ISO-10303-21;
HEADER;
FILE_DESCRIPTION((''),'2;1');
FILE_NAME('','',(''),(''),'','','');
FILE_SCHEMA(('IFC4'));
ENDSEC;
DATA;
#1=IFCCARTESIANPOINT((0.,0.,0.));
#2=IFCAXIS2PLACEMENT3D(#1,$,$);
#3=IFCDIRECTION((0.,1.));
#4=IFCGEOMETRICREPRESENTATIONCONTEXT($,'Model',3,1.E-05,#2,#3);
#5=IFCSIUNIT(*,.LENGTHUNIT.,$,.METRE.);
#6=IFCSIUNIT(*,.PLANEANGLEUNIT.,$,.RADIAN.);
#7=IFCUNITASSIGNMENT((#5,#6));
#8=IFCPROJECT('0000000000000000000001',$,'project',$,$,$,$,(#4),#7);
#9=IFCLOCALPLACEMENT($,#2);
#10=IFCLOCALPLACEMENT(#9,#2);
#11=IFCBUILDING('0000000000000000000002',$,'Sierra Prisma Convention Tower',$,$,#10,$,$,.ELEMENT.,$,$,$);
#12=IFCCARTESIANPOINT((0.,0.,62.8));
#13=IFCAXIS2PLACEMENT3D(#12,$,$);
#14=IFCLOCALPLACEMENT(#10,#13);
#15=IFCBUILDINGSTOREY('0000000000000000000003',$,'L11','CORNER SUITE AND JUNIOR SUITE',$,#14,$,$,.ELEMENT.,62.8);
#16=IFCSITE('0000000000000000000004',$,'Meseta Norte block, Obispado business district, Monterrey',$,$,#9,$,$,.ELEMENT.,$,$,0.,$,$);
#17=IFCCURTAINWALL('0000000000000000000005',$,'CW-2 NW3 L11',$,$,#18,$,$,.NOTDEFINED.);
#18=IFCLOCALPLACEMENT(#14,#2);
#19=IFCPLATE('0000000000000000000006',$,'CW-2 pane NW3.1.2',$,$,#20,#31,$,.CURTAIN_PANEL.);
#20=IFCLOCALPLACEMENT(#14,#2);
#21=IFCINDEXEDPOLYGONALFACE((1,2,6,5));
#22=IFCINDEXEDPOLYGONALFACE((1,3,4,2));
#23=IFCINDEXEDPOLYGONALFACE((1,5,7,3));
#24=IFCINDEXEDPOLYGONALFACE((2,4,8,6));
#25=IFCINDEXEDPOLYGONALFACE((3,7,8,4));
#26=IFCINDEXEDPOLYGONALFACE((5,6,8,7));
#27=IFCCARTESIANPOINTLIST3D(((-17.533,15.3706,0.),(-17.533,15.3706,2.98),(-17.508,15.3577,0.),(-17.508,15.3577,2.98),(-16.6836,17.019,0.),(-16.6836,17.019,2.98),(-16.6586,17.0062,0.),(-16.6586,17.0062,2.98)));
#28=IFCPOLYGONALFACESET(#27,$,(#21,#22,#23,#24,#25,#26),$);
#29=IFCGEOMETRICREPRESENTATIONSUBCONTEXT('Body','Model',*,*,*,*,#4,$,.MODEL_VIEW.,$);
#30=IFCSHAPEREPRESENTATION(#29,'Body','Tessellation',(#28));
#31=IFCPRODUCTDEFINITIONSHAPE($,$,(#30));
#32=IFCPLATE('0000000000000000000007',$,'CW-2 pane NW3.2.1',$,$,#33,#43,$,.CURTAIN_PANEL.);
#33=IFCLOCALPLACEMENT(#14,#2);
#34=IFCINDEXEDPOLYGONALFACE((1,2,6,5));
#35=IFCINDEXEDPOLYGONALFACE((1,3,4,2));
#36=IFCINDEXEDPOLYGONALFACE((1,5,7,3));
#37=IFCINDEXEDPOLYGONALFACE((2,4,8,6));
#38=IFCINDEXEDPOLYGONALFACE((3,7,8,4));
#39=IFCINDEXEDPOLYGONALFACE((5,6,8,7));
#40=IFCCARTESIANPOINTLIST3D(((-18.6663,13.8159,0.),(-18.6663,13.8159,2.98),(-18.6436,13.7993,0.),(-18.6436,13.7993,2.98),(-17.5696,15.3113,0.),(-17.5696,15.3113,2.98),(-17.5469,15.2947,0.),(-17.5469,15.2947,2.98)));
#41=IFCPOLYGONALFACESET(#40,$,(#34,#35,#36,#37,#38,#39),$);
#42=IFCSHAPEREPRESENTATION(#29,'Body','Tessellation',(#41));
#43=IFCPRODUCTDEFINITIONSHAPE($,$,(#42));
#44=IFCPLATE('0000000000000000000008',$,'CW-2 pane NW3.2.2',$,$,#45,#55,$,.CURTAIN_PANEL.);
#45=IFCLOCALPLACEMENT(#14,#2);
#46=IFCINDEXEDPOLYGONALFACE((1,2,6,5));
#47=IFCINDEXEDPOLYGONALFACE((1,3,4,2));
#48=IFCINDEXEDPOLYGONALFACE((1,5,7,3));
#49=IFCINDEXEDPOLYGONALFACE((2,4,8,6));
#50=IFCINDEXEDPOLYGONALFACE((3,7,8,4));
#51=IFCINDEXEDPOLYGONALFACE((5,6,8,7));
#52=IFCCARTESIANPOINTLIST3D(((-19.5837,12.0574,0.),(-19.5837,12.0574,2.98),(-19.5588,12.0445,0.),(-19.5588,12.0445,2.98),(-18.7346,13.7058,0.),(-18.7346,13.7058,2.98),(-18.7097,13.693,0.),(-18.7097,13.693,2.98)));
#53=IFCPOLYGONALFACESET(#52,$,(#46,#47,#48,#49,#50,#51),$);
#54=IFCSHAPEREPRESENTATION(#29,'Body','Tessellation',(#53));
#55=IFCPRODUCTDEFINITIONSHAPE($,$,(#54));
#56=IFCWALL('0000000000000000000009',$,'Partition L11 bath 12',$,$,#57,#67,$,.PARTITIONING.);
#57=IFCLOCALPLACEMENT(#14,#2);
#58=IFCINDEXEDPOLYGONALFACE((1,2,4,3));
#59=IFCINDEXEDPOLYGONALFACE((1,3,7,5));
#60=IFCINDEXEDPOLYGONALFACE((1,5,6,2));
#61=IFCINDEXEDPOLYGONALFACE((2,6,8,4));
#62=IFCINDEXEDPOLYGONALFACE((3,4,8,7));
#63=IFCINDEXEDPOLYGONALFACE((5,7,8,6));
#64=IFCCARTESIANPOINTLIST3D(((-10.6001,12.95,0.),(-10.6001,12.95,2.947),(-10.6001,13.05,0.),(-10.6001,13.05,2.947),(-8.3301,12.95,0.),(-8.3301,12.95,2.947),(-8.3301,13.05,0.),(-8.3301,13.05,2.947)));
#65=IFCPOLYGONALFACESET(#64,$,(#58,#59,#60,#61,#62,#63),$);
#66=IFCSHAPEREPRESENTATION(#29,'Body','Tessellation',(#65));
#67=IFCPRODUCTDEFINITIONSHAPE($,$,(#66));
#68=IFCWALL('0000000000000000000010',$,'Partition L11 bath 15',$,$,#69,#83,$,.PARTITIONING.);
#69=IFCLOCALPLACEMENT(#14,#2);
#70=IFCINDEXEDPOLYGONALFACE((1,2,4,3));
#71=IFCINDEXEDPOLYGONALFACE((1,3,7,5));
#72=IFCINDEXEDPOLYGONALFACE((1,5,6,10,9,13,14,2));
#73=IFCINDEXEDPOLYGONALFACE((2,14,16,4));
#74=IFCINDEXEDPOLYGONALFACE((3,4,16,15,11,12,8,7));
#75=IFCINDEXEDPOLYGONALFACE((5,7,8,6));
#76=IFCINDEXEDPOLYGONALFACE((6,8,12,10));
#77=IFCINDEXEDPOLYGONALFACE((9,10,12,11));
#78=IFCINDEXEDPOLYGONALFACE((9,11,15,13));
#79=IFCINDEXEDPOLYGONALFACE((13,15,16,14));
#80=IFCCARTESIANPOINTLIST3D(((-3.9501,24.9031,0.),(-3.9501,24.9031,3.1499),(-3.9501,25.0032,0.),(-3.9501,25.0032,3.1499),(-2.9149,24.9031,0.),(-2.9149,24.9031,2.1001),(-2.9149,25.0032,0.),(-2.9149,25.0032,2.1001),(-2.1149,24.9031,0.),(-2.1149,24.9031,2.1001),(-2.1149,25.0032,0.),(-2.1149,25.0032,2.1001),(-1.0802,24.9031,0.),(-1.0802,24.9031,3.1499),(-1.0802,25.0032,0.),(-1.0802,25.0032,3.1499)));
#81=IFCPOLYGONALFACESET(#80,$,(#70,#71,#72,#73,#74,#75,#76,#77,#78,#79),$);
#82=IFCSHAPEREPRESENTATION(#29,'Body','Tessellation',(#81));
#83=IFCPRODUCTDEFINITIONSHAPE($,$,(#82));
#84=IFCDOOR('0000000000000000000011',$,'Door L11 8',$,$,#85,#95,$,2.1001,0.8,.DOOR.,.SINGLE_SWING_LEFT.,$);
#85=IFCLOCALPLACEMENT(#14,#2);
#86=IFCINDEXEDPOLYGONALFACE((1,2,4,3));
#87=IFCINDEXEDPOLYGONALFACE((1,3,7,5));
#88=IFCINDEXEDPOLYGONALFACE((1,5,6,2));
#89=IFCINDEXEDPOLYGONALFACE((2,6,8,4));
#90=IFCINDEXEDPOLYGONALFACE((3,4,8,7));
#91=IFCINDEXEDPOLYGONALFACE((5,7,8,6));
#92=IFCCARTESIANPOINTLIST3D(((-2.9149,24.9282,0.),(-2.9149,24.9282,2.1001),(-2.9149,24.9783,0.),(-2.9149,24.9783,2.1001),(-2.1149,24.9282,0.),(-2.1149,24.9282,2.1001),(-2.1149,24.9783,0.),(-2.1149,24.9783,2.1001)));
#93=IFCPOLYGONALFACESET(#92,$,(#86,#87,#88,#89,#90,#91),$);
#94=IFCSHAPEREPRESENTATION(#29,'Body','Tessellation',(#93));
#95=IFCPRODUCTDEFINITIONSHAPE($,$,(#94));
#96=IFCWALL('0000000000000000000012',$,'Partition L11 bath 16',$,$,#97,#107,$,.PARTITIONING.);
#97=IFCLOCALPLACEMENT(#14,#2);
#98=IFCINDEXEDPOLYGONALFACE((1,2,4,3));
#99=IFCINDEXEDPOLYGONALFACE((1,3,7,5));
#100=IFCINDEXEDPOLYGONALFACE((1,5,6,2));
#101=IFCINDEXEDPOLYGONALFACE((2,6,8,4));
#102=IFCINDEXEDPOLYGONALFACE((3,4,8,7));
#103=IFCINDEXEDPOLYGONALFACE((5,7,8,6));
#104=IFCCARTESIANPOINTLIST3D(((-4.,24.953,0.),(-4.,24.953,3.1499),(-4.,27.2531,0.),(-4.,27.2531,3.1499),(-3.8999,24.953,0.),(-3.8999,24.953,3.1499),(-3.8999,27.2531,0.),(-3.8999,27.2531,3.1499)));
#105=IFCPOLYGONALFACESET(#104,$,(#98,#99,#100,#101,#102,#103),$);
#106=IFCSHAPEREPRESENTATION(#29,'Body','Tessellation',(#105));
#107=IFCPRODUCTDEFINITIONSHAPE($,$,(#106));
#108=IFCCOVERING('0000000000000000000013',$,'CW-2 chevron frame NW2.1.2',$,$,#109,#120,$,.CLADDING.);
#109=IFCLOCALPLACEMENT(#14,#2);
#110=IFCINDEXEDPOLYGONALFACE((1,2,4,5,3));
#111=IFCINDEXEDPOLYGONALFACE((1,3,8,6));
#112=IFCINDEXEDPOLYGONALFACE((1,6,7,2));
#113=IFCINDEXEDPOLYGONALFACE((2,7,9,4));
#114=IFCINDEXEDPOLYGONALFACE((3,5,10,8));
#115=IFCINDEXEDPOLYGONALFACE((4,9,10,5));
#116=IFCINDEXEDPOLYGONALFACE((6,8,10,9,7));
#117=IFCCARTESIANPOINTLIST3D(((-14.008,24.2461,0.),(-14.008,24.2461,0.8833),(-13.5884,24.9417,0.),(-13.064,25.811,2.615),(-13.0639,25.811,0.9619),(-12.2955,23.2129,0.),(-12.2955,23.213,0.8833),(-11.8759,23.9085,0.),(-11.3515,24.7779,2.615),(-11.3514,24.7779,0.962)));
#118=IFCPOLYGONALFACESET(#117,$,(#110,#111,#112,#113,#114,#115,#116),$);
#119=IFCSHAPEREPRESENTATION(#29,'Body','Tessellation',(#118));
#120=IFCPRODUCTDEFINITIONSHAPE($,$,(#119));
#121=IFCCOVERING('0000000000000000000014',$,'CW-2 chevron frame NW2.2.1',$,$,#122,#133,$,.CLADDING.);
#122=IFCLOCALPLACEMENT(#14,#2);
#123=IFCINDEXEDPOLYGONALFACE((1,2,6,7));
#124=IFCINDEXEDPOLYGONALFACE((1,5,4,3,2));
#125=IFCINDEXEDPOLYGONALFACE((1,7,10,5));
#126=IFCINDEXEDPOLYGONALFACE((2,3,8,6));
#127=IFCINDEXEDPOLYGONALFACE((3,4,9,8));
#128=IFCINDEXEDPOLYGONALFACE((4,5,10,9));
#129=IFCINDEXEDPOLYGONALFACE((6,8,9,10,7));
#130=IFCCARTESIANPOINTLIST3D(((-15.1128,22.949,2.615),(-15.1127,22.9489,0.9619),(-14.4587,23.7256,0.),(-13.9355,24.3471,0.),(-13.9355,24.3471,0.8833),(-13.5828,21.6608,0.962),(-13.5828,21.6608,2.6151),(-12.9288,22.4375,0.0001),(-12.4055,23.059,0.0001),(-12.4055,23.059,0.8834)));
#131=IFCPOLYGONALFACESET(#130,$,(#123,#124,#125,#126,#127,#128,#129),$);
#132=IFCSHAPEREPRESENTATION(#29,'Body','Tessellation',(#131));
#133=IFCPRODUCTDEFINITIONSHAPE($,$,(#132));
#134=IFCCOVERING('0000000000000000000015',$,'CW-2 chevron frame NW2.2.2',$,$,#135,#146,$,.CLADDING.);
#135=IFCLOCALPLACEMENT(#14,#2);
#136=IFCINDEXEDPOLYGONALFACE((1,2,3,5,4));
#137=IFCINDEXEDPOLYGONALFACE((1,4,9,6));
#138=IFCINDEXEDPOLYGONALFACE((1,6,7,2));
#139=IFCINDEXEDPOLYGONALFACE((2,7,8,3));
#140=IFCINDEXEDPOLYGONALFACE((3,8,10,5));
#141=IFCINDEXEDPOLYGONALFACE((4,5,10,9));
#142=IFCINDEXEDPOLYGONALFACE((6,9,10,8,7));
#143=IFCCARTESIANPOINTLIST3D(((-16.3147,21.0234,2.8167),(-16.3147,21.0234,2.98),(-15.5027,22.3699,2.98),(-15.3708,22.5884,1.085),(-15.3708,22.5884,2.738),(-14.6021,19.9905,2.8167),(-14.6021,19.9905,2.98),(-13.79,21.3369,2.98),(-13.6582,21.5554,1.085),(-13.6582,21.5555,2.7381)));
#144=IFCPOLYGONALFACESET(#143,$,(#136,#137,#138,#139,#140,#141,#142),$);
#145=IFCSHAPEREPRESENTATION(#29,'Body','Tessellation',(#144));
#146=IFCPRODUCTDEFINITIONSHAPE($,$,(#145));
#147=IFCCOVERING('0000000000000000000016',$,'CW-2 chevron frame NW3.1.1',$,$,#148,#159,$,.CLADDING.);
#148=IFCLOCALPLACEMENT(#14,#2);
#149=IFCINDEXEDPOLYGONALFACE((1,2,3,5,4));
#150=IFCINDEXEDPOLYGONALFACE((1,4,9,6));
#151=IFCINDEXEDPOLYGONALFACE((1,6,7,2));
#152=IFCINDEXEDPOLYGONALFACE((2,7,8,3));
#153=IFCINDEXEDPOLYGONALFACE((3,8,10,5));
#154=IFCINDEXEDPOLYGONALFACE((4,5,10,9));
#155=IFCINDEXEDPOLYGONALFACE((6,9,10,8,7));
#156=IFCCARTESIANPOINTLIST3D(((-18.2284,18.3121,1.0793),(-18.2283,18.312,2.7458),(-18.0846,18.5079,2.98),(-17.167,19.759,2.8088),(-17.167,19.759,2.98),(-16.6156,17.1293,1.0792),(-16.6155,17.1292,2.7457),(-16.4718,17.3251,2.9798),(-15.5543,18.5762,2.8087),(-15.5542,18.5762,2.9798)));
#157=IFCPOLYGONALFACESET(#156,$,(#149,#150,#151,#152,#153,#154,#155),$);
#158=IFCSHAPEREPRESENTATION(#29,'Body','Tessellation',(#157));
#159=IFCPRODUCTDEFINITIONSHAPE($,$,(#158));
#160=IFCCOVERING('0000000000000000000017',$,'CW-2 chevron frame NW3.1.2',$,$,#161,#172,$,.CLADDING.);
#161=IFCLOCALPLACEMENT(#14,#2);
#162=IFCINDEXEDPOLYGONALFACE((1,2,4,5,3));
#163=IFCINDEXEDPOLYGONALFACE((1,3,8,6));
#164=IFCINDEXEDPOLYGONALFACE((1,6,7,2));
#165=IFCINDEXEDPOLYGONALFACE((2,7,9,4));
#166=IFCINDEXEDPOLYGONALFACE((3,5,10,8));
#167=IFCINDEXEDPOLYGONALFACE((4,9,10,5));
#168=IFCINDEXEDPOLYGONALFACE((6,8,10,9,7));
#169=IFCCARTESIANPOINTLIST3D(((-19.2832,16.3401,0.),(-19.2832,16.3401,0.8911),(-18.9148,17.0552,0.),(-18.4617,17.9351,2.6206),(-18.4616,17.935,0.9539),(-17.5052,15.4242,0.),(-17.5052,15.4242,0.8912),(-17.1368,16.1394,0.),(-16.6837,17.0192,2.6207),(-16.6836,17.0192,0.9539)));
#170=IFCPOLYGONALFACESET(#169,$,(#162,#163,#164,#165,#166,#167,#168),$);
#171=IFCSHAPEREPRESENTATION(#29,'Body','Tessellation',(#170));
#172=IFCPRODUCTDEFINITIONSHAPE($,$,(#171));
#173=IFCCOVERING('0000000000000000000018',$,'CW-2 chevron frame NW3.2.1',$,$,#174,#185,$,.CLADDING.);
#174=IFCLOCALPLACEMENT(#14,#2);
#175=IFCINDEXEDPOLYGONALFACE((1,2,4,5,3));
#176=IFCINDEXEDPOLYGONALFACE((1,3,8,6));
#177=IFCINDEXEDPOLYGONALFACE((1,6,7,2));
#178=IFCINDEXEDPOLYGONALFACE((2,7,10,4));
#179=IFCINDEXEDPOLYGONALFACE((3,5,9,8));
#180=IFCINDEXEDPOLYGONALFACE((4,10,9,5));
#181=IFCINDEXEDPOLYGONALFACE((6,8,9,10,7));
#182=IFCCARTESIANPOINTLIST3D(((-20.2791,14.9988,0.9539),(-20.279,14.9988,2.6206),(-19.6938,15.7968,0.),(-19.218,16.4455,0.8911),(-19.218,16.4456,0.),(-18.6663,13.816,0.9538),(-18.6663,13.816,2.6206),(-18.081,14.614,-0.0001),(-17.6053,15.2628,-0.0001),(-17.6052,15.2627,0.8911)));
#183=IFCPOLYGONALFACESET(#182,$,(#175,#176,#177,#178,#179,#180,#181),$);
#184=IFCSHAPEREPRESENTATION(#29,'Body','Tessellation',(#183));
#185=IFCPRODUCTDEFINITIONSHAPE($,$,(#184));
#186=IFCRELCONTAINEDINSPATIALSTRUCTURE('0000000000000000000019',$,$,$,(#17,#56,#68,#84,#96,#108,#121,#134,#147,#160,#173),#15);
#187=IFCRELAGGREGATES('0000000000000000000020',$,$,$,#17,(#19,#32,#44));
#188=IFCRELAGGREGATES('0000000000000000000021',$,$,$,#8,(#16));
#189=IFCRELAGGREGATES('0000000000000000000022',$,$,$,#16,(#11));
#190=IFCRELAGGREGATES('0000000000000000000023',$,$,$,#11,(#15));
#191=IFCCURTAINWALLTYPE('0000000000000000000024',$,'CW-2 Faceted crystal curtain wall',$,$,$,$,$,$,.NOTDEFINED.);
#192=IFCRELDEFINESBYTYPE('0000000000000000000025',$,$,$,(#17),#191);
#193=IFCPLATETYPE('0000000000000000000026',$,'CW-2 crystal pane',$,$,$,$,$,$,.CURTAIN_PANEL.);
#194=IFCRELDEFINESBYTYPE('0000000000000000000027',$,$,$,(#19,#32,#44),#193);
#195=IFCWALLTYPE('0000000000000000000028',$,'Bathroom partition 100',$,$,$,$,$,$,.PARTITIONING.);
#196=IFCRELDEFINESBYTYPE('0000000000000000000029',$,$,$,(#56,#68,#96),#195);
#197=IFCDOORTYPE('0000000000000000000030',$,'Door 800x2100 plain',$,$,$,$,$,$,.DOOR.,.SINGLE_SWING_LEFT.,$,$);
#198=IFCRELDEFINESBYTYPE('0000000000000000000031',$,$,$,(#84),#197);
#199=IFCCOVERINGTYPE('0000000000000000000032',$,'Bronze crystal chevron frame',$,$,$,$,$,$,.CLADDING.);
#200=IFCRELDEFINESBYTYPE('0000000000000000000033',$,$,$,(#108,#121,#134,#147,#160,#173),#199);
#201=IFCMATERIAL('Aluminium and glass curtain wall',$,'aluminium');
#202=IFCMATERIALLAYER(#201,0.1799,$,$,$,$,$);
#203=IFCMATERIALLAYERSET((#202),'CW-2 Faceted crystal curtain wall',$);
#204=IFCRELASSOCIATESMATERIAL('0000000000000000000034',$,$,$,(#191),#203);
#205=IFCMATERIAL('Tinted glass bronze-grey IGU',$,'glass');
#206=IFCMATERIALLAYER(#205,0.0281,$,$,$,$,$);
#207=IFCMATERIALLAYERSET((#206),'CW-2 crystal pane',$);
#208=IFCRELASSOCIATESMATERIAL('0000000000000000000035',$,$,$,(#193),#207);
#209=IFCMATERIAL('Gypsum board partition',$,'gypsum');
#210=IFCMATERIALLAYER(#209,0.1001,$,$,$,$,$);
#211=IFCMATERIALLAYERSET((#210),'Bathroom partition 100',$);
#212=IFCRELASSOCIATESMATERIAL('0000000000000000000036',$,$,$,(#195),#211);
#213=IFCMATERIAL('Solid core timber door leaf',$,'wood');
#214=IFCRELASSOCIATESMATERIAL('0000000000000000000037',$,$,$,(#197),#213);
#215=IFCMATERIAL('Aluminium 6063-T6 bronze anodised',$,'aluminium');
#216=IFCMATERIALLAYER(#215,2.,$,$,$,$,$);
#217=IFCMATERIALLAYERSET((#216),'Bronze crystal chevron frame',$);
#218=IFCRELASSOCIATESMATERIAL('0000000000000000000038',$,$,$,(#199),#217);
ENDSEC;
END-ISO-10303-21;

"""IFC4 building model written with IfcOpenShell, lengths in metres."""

from ifc_helpers import new_model, si_unit, direction, frame, frame_2d, origin, place, context, subcontext, project, spatial, polyline, rectangle, outline, extrude, material, layer, layer_set, type_object, element, fill, aggregate, save


model = new_model("IFC4")

# Units and contexts
model_context = context("Model", 3, precision=1e-05, world=origin(), true_north=direction((0.0, 1.0)))
body_context = subcontext(model_context, "Body", "Model", "MODEL_VIEW")
ifc_project = project(units=[si_unit("LENGTHUNIT", "METRE"), si_unit("PLANEANGLEUNIT", "RADIAN")], contexts=[model_context])

# Site, building, storey
site_placement = place(None, origin())
site = spatial("IfcSite", under=ifc_project, at=site_placement, Name="Meseta Norte block, Obispado business district, Monterrey", CompositionType="ELEMENT", RefElevation=0.0)
building_placement = place(site_placement, origin())
building = spatial("IfcBuilding", under=site, at=building_placement, Name="Sierra Prisma Convention Tower", CompositionType="ELEMENT")
storey_placement = place(building_placement, frame((0.0, 0.0, 62.8)))
storey = spatial("IfcBuildingStorey", under=building, at=storey_placement, Name="L11", Description="CORNER SUITE AND JUNIOR SUITE", CompositionType="ELEMENT", Elevation=62.8)

# Curtain wall
ifc_material_1 = material(Name="Aluminium and glass curtain wall", Category="aluminium")
ifc_layer_1 = layer(ifc_material_1, 0.1799)
ifc_layer_set_1 = layer_set([ifc_layer_1], Name="CW-2 Faceted crystal curtain wall")
curtain_wall_type = type_object("IfcCurtainWallType", Name="CW-2 Faceted crystal curtain wall", PredefinedType="NOTDEFINED", material=ifc_layer_set_1)
curtain_wall_1_placement = place(storey_placement, origin())
curtain_wall_1 = element("IfcCurtainWall", 1, at=curtain_wall_1_placement, inside=storey, type_object=curtain_wall_type, Name="CW-2 NW3 L11", PredefinedType="NOTDEFINED")

# Plates
ifc_material_2 = material(Name="Tinted glass bronze-grey IGU", Category="glass")
ifc_layer_2 = layer(ifc_material_2, 0.0281)
ifc_layer_set_2 = layer_set([ifc_layer_2], Name="CW-2 crystal pane")
plate_type = type_object("IfcPlateType", Name="CW-2 crystal pane", PredefinedType="CURTAIN_PANEL", material=ifc_layer_set_2)
plate_1_placement = place(storey_placement, frame((-17.533, 15.3706, 0.0), z_axis=(-0.888937, 0.458029, 0.0), x_axis=(0.458029, 0.888937, 0.0)))
plate_1 = element("IfcPlate", 2, at=plate_1_placement, type_object=plate_type, Name="CW-2 pane NW3.1.2", PredefinedType="CURTAIN_PANEL", context=body_context, shape_type="SweptSolid", body=[
    extrude(outline(polyline([(0.0, 0.0), (1.8544, 0.0), (1.8544, -2.98), (0.0, -2.98), (0.0, 0.0)])), origin(), (0.0, 0.0, -1.0), 0.0281),
])
plate_2_placement = place(storey_placement, frame((-17.5696, 15.3113, 0.0), z_axis=(-0.806384, 0.591392, 0.0), x_axis=(-0.591392, -0.806384, 0.0)))
plate_2 = element("IfcPlate", 3, at=plate_2_placement, type_object=plate_type, Name="CW-2 pane NW3.2.1", PredefinedType="CURTAIN_PANEL", context=body_context, shape_type="SweptSolid", body=[
    extrude(outline(polyline([(0.0, 0.0), (1.8544, 0.0), (1.8544, 2.98), (0.0, 2.98), (0.0, 0.0)])), origin(), (0.0, 0.0, -1.0), 0.0281),
])
plate_3_placement = place(storey_placement, frame((-19.5837, 12.0574, 0.0), z_axis=(-0.888991, 0.457925, 0.0), x_axis=(0.457925, 0.888991, 0.0)))
plate_3 = element("IfcPlate", 4, at=plate_3_placement, type_object=plate_type, Name="CW-2 pane NW3.2.2", PredefinedType="CURTAIN_PANEL", context=body_context, shape_type="SweptSolid", body=[
    extrude(outline(polyline([(0.0, 0.0), (1.8543, 0.0), (1.8543, -2.98), (0.0, -2.98), (0.0, 0.0)])), origin(), (0.0, 0.0, -1.0), 0.0281),
])
aggregate(curtain_wall_1, [plate_1, plate_2, plate_3])

# Wall
ifc_material_3 = material(Name="Gypsum board partition", Category="gypsum")
ifc_layer_3 = layer(ifc_material_3, 0.1001)
ifc_layer_set_3 = layer_set([ifc_layer_3], Name="Bathroom partition 100")
wall_type = type_object("IfcWallType", Name="Bathroom partition 100", PredefinedType="PARTITIONING", material=ifc_layer_set_3)
wall_1_placement = place(storey_placement, frame((-10.6001, 13.0, 0.0), z_axis=(0.0, 0.0, 1.0), x_axis=(1.0, 0.0, 0.0)))
element("IfcWall", 5, at=wall_1_placement, inside=storey, type_object=wall_type, Name="Partition L11 bath 12", PredefinedType="PARTITIONING", context=body_context, shape_type="SweptSolid", body=[
    extrude(rectangle(XDim=2.27, YDim=0.1001, at=frame_2d((1.135, 0.0))), origin(), (0.0, 0.0, 1.0), 2.947),
])

# Wall, opening, door
wall_2_placement = place(storey_placement, frame((-1.0801, 24.9531, 0.0), z_axis=(0.0, 0.0, 1.0), x_axis=(-1.0, 0.0, 0.0)))
wall_2 = element("IfcWall", 6, at=wall_2_placement, inside=storey, type_object=wall_type, Name="Partition L11 bath 15", PredefinedType="PARTITIONING", context=body_context, shape_type="SweptSolid", body=[
    extrude(rectangle(XDim=2.8699, YDim=0.1001, at=frame_2d((1.4351, 0.0))), origin(), (0.0, 0.0, 1.0), 3.1499),
])
opening_placement = place(wall_2_placement, frame((1.0349, 0.0, 0.0)))
opening = element("IfcOpeningElement", 7, at=opening_placement, cuts=wall_2, PredefinedType="OPENING", context=body_context, shape_type="SweptSolid", body=[
    extrude(rectangle(XDim=0.8, YDim=2.1001, at=frame_2d((0.3999, 1.05))), frame((0.0, 0.05, 0.0), z_axis=(0.0, -1.0, 0.0), x_axis=(1.0, 0.0, 0.0)), (0.0, 0.0, 1.0), 0.1001),
])
ifc_material_4 = material(Name="Solid core timber door leaf", Category="wood")
door_type = type_object("IfcDoorType", Name="Door 800x2100 plain", OperationType="SINGLE_SWING_LEFT", PredefinedType="DOOR", material=ifc_material_4)
door_placement = place(opening_placement, origin())
door = element("IfcDoor", 8, at=door_placement, inside=storey, type_object=door_type, Name="Door L11 8", OperationType="SINGLE_SWING_LEFT", OverallHeight=2.1001, OverallWidth=0.8, PredefinedType="DOOR", context=body_context, shape_type="SweptSolid", body=[
    extrude(rectangle(XDim=0.8, YDim=2.1001, at=frame_2d((0.3999, 1.05))), frame((0.0, 0.0249, 0.0), z_axis=(0.0, -1.0, 0.0), x_axis=(1.0, 0.0, 0.0)), (0.0, 0.0, 1.0), 0.05),
])
fill(opening, door)

# Wall
wall_3_placement = place(storey_placement, frame((-3.95, 24.9531, 0.0), z_axis=(0.0, 0.0, 1.0), x_axis=(0.0, 1.0, 0.0)))
element("IfcWall", 9, at=wall_3_placement, inside=storey, type_object=wall_type, Name="Partition L11 bath 16", PredefinedType="PARTITIONING", context=body_context, shape_type="SweptSolid", body=[
    extrude(rectangle(XDim=2.3, YDim=0.1001, at=frame_2d((1.1499, 0.0))), origin(), (0.0, 0.0, 1.0), 3.1499),
])

# Coverings
ifc_material_5 = material(Name="Aluminium 6063-T6 bronze anodised", Category="aluminium")
ifc_layer_4 = layer(ifc_material_5, 2.0)
ifc_layer_set_4 = layer_set([ifc_layer_4], Name="Bronze crystal chevron frame")
covering_type = type_object("IfcCoveringType", Name="Bronze crystal chevron frame", PredefinedType="CLADDING", material=ifc_layer_set_4)
covering_1_placement = place(storey_placement, frame((-13.064, 25.811, 2.615), z_axis=(-0.856248, 0.516565, -0.000019), x_axis=(0.000016, -0.00001, -1.0)))
element("IfcCovering", 10, at=covering_1_placement, inside=storey, type_object=covering_type, Name="CW-2 chevron frame NW2.1.2", PredefinedType="CLADDING", context=body_context, shape_type="SweptSolid", body=[
    extrude(outline(polyline([(0.0, 0.0), (1.6531, 0.0), (2.615, 1.0153), (2.615, 1.8277), (1.7317, 1.8277), (0.0, 0.0)])), origin(), (0.0, 0.0, -1.0), 2.0),
])
covering_2_placement = place(storey_placement, frame((-14.4587, 23.7256, 0.0), z_axis=(-0.764974, 0.644061, -0.000042), x_axis=(-0.467577, -0.555312, 0.68775)))
element("IfcCovering", 11, at=covering_2_placement, inside=storey, type_object=covering_type, Name="CW-2 chevron frame NW2.2.1", PredefinedType="CLADDING", context=body_context, shape_type="SweptSolid", body=[
    extrude(outline(polyline([(0.0, 0.0), (1.3986, 0.0), (2.5355, 1.2), (0.0177, 1.2), (-0.5898, 0.5588), (0.0, 0.0)])), origin(), (0.0, 0.0, -1.0), 2.0),
])
covering_3_placement = place(storey_placement, frame((-16.3147, 21.0234, 2.98), z_axis=(-0.856313, 0.516457, -0.000021), x_axis=(0.516457, 0.856313, 0.0)))
element("IfcCovering", 12, at=covering_3_placement, inside=storey, type_object=covering_type, Name="CW-2 chevron frame NW2.2.2", PredefinedType="CLADDING", context=body_context, shape_type="SweptSolid", body=[
    extrude(outline(polyline([(0.0, 0.0), (1.5723, 0.0), (1.8275, 0.2419), (1.8275, 1.895), (0.0, 0.1633), (0.0, 0.0)])), origin(), (0.0, 0.0, -1.0), 2.0),
])
covering_4_placement = place(storey_placement, frame((-17.167, 19.759, 2.98), z_axis=(-0.806376, 0.591403, 0.000077), x_axis=(-0.000062, 0.000045, -1.0)))
element("IfcCovering", 13, at=covering_4_placement, inside=storey, type_object=covering_type, Name="CW-2 chevron frame NW3.1.1", PredefinedType="CLADDING", context=body_context, shape_type="SweptSolid", body=[
    extrude(outline(polyline([(0.0, 0.0), (0.1711, 0.0), (1.9006, 1.7945), (0.2341, 1.7945), (0.0, 1.5516), (0.0, 0.0)])), origin(), (0.0, 0.0, -1.0), 2.0),
])
covering_5_placement = place(storey_placement, frame((-18.4617, 17.9351, 2.6206), z_axis=(-0.888995, 0.457916, -0.000025), x_axis=(0.000022, -0.000011, -1.0)))
element("IfcCovering", 14, at=covering_5_placement, inside=storey, type_object=covering_type, Name="CW-2 chevron frame NW3.1.2", PredefinedType="CLADDING", context=body_context, shape_type="SweptSolid", body=[
    extrude(outline(polyline([(0.0, 0.0), (1.6667, 0.0), (2.6206, 0.9897), (2.6206, 1.7941), (1.7295, 1.7941), (0.0, 0.0)])), origin(), (0.0, 0.0, -1.0), 2.0),
])
covering_6_placement = place(storey_placement, frame((-19.218, 16.4456, 0.0), z_axis=(-0.806379, 0.591399, 0.000027), x_axis=(-0.591399, -0.806379, 0.0)))
element("IfcCovering", 15, at=covering_6_placement, inside=storey, type_object=covering_type, Name="CW-2 chevron frame NW3.2.1", PredefinedType="CLADDING", context=body_context, shape_type="SweptSolid", body=[
    extrude(outline(polyline([(0.0, 0.0), (0.8045, 0.0), (1.7941, 0.9539), (1.7941, 2.6206), (0.0, 0.8911), (0.0, 0.0)])), origin(), (0.0, 0.0, -1.0), 2.0),
])

save(model, "model.ifc")
